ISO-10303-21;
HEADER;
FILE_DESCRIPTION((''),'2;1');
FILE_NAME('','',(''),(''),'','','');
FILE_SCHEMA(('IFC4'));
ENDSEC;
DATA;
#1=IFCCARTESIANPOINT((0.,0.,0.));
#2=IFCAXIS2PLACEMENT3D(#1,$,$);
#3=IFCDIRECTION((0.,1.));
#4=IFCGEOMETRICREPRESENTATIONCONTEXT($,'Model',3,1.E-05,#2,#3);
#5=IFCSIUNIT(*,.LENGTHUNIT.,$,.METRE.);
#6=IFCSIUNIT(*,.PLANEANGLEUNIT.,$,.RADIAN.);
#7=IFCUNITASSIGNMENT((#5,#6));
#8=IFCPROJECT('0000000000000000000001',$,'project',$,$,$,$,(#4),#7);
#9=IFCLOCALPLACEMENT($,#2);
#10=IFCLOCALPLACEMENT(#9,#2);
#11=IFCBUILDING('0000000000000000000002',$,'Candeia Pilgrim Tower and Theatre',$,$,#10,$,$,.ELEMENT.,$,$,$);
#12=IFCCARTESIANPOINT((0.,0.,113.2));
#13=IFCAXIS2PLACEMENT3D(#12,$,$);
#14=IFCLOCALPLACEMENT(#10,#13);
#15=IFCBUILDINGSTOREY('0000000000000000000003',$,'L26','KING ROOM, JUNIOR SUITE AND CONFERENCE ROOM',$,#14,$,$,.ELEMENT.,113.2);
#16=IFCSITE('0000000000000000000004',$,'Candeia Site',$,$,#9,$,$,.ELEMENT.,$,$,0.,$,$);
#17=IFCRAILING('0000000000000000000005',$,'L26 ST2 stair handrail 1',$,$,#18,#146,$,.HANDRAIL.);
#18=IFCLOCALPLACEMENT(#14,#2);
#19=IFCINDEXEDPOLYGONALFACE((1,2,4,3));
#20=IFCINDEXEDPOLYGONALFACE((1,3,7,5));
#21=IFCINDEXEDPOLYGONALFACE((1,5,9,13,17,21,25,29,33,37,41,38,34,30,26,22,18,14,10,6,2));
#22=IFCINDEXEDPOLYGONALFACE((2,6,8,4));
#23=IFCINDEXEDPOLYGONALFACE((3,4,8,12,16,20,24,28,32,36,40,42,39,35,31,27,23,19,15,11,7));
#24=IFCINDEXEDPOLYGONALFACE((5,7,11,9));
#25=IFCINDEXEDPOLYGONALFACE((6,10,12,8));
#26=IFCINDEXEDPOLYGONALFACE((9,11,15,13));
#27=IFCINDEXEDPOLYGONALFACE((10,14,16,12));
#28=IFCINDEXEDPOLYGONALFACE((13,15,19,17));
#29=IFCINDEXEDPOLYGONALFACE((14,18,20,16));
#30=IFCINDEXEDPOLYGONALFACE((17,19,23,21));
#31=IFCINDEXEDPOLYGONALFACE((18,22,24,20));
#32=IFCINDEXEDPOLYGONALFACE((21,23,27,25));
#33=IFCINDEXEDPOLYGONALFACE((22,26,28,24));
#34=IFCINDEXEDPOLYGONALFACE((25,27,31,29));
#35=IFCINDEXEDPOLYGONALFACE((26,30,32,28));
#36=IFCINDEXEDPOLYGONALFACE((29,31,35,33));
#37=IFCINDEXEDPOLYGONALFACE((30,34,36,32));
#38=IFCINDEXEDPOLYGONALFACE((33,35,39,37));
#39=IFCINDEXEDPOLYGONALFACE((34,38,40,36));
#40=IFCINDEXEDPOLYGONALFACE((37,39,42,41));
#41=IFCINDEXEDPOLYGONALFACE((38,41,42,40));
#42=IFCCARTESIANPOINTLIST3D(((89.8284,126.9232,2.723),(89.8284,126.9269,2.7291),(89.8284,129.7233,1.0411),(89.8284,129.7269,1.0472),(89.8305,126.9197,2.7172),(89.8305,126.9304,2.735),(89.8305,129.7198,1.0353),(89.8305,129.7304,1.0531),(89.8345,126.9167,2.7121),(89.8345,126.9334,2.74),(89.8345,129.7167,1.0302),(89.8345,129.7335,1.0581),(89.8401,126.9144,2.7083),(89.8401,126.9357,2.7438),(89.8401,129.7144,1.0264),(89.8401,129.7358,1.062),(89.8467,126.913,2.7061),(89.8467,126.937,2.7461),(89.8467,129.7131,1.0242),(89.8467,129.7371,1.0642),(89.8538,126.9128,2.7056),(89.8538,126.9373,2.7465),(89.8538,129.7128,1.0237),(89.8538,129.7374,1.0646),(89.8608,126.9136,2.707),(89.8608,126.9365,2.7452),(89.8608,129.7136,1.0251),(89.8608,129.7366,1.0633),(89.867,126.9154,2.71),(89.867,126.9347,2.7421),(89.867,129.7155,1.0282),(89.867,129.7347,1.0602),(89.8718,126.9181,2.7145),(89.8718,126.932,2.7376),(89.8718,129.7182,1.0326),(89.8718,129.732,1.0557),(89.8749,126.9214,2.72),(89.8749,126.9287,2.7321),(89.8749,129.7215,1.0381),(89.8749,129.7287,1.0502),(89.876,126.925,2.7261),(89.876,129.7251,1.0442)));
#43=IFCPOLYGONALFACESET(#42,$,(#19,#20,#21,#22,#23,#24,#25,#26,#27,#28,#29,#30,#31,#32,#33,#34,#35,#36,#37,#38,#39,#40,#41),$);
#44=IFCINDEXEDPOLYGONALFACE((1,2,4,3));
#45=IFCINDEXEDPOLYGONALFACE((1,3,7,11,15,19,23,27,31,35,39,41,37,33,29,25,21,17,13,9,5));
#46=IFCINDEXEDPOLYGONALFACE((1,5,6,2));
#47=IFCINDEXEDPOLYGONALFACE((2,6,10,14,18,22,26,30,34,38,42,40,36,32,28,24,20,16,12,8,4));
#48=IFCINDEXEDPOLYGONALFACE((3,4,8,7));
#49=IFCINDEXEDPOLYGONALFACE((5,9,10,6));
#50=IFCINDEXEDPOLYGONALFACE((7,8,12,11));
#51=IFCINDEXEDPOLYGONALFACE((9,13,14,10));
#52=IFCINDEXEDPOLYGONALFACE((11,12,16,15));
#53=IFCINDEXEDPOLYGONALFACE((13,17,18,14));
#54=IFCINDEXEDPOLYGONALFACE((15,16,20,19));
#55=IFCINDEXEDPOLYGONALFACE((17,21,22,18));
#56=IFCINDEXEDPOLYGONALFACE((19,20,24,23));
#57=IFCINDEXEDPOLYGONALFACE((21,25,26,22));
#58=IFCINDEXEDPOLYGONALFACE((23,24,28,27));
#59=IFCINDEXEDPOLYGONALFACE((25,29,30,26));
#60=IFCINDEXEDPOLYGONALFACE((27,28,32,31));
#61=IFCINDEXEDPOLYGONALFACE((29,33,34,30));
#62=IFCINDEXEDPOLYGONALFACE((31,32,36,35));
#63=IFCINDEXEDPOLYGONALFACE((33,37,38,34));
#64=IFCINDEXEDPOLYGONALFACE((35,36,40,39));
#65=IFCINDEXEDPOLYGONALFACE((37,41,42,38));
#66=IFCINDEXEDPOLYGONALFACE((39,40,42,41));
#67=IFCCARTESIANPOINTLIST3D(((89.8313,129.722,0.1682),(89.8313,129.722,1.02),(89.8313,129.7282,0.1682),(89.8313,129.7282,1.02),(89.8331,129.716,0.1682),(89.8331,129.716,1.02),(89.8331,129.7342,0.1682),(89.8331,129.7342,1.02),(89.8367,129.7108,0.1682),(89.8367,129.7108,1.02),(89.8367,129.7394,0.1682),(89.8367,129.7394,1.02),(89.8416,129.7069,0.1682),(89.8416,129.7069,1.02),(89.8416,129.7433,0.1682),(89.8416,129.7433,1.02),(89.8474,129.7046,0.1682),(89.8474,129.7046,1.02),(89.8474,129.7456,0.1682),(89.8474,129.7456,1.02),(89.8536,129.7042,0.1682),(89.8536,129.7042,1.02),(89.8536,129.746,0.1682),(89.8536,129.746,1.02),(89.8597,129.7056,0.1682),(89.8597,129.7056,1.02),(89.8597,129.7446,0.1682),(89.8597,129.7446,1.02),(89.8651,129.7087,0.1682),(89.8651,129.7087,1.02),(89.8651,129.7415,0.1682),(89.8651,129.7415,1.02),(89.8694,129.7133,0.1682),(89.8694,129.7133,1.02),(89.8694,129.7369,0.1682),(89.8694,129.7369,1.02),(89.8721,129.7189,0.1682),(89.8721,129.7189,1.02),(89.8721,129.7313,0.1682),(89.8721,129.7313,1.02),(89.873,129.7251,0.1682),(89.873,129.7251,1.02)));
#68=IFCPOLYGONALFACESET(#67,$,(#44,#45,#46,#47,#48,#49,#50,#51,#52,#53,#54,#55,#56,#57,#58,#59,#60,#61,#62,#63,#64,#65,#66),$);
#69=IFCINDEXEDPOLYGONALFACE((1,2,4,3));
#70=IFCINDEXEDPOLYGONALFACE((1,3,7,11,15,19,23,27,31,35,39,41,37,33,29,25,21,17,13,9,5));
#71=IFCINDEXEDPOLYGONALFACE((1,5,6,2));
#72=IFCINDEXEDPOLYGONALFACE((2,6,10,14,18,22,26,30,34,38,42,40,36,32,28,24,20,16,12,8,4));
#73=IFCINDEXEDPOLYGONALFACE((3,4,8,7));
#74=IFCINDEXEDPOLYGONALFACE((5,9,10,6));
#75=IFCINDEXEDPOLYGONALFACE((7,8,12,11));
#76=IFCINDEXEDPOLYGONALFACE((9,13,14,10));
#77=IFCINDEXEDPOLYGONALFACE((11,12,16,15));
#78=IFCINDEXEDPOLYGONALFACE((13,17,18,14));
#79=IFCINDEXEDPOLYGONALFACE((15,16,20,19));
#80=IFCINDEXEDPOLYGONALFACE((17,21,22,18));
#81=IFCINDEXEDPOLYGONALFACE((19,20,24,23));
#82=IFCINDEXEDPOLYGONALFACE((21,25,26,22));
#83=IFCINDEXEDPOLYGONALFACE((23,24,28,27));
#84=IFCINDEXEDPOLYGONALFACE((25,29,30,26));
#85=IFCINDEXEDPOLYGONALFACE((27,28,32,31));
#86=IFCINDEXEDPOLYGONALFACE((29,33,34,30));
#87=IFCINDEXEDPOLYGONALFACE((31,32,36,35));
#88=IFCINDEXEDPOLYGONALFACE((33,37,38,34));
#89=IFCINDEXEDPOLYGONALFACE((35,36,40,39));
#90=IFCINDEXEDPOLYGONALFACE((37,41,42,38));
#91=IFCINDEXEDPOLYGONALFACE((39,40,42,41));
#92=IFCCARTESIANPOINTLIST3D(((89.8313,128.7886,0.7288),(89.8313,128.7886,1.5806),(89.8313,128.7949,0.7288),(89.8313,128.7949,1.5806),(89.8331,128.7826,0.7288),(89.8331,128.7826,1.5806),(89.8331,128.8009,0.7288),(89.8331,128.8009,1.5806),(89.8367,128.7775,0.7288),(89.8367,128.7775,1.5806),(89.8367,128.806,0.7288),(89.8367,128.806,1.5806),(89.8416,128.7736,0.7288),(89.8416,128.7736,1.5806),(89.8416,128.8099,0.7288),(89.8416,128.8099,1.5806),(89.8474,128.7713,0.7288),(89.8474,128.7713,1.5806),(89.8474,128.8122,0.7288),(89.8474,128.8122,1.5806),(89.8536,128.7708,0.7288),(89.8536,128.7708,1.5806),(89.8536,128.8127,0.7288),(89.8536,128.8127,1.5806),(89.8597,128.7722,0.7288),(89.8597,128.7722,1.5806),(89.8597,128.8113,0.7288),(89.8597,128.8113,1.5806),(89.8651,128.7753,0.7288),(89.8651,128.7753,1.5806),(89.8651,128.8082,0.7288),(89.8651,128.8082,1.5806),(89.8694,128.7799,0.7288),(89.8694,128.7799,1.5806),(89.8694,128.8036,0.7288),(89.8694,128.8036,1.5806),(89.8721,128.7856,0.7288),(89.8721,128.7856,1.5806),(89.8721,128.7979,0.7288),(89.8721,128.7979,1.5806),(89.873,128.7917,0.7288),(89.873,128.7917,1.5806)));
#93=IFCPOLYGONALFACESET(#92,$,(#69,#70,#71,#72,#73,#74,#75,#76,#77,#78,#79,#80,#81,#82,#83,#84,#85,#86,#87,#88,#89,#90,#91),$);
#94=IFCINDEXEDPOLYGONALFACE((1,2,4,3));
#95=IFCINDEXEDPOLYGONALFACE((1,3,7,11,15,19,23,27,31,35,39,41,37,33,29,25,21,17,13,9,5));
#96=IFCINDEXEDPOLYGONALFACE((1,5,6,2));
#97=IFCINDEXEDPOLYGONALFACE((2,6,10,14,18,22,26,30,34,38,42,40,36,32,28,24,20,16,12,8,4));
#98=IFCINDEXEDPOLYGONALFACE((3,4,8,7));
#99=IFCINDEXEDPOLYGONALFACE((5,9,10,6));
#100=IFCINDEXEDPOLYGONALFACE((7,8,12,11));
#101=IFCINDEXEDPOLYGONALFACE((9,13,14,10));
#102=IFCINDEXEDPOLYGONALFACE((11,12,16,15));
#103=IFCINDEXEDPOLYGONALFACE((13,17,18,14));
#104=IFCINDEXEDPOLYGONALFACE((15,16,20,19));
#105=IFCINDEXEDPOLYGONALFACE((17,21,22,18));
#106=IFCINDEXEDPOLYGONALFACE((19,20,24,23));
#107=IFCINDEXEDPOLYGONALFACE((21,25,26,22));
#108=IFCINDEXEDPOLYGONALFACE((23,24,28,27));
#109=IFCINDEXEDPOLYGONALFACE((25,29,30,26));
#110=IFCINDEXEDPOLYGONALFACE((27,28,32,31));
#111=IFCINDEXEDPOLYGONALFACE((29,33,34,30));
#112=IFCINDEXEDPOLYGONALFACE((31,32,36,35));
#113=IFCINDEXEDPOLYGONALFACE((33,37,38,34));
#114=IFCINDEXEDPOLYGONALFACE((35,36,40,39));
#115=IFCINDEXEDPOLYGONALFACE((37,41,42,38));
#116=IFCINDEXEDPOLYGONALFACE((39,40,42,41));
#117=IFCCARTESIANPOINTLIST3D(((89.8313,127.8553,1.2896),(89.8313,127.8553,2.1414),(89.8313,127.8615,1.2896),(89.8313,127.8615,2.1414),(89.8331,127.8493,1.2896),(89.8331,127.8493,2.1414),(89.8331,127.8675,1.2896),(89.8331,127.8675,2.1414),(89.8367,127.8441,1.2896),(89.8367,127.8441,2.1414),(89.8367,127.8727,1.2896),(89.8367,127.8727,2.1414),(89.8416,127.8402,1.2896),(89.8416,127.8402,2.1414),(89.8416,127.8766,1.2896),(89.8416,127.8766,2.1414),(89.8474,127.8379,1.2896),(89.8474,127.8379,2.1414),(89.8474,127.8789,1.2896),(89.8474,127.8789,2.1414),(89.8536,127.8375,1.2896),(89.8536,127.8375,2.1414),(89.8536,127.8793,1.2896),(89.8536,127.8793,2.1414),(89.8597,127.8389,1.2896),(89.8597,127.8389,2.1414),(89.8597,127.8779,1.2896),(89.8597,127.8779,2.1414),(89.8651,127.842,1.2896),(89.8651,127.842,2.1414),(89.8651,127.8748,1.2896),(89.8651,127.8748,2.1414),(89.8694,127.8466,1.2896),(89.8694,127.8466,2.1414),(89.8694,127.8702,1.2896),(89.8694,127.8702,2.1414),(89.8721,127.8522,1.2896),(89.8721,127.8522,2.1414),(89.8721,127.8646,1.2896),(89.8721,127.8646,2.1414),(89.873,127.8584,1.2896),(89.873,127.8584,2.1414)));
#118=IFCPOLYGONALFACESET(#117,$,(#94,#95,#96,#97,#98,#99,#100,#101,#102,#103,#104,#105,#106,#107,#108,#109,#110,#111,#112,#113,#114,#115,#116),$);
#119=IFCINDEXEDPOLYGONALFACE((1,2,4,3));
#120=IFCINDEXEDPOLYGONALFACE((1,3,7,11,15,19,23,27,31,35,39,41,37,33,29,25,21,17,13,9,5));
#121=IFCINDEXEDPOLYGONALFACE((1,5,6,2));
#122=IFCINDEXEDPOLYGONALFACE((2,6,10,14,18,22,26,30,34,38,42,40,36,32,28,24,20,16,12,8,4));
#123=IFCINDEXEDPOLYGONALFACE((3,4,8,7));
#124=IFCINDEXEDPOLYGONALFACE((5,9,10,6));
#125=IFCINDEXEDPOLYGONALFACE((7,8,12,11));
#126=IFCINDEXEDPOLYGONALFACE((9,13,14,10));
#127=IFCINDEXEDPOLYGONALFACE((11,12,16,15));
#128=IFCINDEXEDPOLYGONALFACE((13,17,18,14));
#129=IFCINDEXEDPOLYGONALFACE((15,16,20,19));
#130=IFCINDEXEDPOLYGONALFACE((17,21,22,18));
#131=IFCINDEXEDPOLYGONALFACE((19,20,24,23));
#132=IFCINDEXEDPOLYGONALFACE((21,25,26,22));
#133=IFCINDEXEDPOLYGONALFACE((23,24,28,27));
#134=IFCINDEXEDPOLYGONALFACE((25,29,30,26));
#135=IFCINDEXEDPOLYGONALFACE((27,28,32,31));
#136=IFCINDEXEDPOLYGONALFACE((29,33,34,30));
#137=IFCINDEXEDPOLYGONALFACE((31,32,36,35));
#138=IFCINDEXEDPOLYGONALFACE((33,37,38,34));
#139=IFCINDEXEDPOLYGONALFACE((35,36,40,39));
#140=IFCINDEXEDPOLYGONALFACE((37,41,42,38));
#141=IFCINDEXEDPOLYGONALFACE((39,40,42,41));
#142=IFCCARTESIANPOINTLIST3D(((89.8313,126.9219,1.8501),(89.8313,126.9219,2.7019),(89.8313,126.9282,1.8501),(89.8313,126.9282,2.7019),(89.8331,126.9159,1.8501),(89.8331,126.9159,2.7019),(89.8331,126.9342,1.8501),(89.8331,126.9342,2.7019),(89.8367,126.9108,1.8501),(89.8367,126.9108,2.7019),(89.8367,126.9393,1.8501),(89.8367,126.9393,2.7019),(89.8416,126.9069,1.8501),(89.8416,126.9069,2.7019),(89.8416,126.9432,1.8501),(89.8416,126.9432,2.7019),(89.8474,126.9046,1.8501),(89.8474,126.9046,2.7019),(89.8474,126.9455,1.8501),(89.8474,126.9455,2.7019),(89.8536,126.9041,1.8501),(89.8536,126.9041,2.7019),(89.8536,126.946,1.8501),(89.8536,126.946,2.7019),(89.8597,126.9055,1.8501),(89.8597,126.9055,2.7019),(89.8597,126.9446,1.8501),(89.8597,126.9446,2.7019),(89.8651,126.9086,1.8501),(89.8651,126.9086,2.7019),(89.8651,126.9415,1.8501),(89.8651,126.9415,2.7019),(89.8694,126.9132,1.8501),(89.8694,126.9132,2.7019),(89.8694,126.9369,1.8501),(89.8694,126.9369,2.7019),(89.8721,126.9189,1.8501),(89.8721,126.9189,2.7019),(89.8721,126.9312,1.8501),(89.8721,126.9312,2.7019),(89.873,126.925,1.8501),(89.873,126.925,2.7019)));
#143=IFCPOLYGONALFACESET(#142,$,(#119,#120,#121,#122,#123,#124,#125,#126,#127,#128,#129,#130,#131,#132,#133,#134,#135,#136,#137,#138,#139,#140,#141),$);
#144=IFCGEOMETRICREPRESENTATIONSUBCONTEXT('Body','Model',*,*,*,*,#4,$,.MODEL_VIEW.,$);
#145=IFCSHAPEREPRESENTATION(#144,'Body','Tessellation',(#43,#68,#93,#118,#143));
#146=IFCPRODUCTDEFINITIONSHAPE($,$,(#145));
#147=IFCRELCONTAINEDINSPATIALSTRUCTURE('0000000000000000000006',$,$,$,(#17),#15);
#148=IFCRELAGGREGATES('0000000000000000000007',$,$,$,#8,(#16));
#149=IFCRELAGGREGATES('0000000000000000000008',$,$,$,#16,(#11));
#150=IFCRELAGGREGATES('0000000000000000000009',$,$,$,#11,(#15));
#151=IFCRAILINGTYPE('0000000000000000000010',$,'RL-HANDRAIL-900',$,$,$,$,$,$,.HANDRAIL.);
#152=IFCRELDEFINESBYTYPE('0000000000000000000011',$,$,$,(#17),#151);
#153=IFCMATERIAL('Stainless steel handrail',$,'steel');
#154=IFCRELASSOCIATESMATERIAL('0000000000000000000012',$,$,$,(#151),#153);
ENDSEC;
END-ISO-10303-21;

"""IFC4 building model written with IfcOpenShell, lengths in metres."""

from ifc_helpers import new_model, si_unit, direction, frame, origin, origin_2d, place, context, subcontext, project, spatial, circle, extrude, material, type_object, element, save


model = new_model("IFC4")

# Units and contexts
model_context = context("Model", 3, precision=1e-05, world=origin(), true_north=direction((0.0, 1.0)))
body_context = subcontext(model_context, "Body", "Model", "MODEL_VIEW")
ifc_project = project(units=[si_unit("LENGTHUNIT", "METRE"), si_unit("PLANEANGLEUNIT", "RADIAN")], contexts=[model_context])

# Site, building, storey
site_placement = place(None, origin())
site = spatial("IfcSite", under=ifc_project, at=site_placement, Name="Candeia Site", CompositionType="ELEMENT", RefElevation=0.0)
building_placement = place(site_placement, origin())
building = spatial("IfcBuilding", under=site, at=building_placement, Name="Candeia Pilgrim Tower and Theatre", CompositionType="ELEMENT")
storey_placement = place(building_placement, frame((0.0, 0.0, 113.2)))
storey = spatial("IfcBuildingStorey", under=building, at=storey_placement, Name="L26", Description="KING ROOM, JUNIOR SUITE AND CONFERENCE ROOM", CompositionType="ELEMENT", Elevation=113.2)

# Railing
ifc_material_1 = material(Name="Stainless steel handrail", Category="steel")
railing_type_1 = type_object("IfcRailingType", Name="RL-HANDRAIL-900", PredefinedType="HANDRAIL", material=ifc_material_1)
for number, where, name in (
    (1, (89.8521, 129.7251, 0.1682), "L26 ST2 stair handrail 1"),
):
    element("IfcRailing", number, at=place(storey_placement, frame(where)), inside=storey, type_object=railing_type_1, Name=name, PredefinedType="HANDRAIL", context=body_context, shape_type="SweptSolid", body=[
        extrude(circle(Radius=0.0239, at=origin_2d()), frame((0.0, 0.0, 0.876), z_axis=(0.0, -0.857242, 0.514913), x_axis=(1.0, 0.0, 0.0)), (0.0, 0.0, 1.0), 3.2664),
        extrude(circle(Radius=0.021, at=origin_2d()), origin(), (0.0, 0.0, 1.0), 0.8518),
        extrude(circle(Radius=0.021, at=origin_2d()), frame((0.0, -0.9333, 0.5605)), (0.0, 0.0, 1.0), 0.8518),
        extrude(circle(Radius=0.021, at=origin_2d()), frame((0.0, -1.8667, 1.1213)), (0.0, 0.0, 1.0), 0.8518),
        extrude(circle(Radius=0.021, at=origin_2d()), frame((0.0, -2.8, 1.6819)), (0.0, 0.0, 1.0), 0.8518),
    ])

save(model, "model.ifc")
